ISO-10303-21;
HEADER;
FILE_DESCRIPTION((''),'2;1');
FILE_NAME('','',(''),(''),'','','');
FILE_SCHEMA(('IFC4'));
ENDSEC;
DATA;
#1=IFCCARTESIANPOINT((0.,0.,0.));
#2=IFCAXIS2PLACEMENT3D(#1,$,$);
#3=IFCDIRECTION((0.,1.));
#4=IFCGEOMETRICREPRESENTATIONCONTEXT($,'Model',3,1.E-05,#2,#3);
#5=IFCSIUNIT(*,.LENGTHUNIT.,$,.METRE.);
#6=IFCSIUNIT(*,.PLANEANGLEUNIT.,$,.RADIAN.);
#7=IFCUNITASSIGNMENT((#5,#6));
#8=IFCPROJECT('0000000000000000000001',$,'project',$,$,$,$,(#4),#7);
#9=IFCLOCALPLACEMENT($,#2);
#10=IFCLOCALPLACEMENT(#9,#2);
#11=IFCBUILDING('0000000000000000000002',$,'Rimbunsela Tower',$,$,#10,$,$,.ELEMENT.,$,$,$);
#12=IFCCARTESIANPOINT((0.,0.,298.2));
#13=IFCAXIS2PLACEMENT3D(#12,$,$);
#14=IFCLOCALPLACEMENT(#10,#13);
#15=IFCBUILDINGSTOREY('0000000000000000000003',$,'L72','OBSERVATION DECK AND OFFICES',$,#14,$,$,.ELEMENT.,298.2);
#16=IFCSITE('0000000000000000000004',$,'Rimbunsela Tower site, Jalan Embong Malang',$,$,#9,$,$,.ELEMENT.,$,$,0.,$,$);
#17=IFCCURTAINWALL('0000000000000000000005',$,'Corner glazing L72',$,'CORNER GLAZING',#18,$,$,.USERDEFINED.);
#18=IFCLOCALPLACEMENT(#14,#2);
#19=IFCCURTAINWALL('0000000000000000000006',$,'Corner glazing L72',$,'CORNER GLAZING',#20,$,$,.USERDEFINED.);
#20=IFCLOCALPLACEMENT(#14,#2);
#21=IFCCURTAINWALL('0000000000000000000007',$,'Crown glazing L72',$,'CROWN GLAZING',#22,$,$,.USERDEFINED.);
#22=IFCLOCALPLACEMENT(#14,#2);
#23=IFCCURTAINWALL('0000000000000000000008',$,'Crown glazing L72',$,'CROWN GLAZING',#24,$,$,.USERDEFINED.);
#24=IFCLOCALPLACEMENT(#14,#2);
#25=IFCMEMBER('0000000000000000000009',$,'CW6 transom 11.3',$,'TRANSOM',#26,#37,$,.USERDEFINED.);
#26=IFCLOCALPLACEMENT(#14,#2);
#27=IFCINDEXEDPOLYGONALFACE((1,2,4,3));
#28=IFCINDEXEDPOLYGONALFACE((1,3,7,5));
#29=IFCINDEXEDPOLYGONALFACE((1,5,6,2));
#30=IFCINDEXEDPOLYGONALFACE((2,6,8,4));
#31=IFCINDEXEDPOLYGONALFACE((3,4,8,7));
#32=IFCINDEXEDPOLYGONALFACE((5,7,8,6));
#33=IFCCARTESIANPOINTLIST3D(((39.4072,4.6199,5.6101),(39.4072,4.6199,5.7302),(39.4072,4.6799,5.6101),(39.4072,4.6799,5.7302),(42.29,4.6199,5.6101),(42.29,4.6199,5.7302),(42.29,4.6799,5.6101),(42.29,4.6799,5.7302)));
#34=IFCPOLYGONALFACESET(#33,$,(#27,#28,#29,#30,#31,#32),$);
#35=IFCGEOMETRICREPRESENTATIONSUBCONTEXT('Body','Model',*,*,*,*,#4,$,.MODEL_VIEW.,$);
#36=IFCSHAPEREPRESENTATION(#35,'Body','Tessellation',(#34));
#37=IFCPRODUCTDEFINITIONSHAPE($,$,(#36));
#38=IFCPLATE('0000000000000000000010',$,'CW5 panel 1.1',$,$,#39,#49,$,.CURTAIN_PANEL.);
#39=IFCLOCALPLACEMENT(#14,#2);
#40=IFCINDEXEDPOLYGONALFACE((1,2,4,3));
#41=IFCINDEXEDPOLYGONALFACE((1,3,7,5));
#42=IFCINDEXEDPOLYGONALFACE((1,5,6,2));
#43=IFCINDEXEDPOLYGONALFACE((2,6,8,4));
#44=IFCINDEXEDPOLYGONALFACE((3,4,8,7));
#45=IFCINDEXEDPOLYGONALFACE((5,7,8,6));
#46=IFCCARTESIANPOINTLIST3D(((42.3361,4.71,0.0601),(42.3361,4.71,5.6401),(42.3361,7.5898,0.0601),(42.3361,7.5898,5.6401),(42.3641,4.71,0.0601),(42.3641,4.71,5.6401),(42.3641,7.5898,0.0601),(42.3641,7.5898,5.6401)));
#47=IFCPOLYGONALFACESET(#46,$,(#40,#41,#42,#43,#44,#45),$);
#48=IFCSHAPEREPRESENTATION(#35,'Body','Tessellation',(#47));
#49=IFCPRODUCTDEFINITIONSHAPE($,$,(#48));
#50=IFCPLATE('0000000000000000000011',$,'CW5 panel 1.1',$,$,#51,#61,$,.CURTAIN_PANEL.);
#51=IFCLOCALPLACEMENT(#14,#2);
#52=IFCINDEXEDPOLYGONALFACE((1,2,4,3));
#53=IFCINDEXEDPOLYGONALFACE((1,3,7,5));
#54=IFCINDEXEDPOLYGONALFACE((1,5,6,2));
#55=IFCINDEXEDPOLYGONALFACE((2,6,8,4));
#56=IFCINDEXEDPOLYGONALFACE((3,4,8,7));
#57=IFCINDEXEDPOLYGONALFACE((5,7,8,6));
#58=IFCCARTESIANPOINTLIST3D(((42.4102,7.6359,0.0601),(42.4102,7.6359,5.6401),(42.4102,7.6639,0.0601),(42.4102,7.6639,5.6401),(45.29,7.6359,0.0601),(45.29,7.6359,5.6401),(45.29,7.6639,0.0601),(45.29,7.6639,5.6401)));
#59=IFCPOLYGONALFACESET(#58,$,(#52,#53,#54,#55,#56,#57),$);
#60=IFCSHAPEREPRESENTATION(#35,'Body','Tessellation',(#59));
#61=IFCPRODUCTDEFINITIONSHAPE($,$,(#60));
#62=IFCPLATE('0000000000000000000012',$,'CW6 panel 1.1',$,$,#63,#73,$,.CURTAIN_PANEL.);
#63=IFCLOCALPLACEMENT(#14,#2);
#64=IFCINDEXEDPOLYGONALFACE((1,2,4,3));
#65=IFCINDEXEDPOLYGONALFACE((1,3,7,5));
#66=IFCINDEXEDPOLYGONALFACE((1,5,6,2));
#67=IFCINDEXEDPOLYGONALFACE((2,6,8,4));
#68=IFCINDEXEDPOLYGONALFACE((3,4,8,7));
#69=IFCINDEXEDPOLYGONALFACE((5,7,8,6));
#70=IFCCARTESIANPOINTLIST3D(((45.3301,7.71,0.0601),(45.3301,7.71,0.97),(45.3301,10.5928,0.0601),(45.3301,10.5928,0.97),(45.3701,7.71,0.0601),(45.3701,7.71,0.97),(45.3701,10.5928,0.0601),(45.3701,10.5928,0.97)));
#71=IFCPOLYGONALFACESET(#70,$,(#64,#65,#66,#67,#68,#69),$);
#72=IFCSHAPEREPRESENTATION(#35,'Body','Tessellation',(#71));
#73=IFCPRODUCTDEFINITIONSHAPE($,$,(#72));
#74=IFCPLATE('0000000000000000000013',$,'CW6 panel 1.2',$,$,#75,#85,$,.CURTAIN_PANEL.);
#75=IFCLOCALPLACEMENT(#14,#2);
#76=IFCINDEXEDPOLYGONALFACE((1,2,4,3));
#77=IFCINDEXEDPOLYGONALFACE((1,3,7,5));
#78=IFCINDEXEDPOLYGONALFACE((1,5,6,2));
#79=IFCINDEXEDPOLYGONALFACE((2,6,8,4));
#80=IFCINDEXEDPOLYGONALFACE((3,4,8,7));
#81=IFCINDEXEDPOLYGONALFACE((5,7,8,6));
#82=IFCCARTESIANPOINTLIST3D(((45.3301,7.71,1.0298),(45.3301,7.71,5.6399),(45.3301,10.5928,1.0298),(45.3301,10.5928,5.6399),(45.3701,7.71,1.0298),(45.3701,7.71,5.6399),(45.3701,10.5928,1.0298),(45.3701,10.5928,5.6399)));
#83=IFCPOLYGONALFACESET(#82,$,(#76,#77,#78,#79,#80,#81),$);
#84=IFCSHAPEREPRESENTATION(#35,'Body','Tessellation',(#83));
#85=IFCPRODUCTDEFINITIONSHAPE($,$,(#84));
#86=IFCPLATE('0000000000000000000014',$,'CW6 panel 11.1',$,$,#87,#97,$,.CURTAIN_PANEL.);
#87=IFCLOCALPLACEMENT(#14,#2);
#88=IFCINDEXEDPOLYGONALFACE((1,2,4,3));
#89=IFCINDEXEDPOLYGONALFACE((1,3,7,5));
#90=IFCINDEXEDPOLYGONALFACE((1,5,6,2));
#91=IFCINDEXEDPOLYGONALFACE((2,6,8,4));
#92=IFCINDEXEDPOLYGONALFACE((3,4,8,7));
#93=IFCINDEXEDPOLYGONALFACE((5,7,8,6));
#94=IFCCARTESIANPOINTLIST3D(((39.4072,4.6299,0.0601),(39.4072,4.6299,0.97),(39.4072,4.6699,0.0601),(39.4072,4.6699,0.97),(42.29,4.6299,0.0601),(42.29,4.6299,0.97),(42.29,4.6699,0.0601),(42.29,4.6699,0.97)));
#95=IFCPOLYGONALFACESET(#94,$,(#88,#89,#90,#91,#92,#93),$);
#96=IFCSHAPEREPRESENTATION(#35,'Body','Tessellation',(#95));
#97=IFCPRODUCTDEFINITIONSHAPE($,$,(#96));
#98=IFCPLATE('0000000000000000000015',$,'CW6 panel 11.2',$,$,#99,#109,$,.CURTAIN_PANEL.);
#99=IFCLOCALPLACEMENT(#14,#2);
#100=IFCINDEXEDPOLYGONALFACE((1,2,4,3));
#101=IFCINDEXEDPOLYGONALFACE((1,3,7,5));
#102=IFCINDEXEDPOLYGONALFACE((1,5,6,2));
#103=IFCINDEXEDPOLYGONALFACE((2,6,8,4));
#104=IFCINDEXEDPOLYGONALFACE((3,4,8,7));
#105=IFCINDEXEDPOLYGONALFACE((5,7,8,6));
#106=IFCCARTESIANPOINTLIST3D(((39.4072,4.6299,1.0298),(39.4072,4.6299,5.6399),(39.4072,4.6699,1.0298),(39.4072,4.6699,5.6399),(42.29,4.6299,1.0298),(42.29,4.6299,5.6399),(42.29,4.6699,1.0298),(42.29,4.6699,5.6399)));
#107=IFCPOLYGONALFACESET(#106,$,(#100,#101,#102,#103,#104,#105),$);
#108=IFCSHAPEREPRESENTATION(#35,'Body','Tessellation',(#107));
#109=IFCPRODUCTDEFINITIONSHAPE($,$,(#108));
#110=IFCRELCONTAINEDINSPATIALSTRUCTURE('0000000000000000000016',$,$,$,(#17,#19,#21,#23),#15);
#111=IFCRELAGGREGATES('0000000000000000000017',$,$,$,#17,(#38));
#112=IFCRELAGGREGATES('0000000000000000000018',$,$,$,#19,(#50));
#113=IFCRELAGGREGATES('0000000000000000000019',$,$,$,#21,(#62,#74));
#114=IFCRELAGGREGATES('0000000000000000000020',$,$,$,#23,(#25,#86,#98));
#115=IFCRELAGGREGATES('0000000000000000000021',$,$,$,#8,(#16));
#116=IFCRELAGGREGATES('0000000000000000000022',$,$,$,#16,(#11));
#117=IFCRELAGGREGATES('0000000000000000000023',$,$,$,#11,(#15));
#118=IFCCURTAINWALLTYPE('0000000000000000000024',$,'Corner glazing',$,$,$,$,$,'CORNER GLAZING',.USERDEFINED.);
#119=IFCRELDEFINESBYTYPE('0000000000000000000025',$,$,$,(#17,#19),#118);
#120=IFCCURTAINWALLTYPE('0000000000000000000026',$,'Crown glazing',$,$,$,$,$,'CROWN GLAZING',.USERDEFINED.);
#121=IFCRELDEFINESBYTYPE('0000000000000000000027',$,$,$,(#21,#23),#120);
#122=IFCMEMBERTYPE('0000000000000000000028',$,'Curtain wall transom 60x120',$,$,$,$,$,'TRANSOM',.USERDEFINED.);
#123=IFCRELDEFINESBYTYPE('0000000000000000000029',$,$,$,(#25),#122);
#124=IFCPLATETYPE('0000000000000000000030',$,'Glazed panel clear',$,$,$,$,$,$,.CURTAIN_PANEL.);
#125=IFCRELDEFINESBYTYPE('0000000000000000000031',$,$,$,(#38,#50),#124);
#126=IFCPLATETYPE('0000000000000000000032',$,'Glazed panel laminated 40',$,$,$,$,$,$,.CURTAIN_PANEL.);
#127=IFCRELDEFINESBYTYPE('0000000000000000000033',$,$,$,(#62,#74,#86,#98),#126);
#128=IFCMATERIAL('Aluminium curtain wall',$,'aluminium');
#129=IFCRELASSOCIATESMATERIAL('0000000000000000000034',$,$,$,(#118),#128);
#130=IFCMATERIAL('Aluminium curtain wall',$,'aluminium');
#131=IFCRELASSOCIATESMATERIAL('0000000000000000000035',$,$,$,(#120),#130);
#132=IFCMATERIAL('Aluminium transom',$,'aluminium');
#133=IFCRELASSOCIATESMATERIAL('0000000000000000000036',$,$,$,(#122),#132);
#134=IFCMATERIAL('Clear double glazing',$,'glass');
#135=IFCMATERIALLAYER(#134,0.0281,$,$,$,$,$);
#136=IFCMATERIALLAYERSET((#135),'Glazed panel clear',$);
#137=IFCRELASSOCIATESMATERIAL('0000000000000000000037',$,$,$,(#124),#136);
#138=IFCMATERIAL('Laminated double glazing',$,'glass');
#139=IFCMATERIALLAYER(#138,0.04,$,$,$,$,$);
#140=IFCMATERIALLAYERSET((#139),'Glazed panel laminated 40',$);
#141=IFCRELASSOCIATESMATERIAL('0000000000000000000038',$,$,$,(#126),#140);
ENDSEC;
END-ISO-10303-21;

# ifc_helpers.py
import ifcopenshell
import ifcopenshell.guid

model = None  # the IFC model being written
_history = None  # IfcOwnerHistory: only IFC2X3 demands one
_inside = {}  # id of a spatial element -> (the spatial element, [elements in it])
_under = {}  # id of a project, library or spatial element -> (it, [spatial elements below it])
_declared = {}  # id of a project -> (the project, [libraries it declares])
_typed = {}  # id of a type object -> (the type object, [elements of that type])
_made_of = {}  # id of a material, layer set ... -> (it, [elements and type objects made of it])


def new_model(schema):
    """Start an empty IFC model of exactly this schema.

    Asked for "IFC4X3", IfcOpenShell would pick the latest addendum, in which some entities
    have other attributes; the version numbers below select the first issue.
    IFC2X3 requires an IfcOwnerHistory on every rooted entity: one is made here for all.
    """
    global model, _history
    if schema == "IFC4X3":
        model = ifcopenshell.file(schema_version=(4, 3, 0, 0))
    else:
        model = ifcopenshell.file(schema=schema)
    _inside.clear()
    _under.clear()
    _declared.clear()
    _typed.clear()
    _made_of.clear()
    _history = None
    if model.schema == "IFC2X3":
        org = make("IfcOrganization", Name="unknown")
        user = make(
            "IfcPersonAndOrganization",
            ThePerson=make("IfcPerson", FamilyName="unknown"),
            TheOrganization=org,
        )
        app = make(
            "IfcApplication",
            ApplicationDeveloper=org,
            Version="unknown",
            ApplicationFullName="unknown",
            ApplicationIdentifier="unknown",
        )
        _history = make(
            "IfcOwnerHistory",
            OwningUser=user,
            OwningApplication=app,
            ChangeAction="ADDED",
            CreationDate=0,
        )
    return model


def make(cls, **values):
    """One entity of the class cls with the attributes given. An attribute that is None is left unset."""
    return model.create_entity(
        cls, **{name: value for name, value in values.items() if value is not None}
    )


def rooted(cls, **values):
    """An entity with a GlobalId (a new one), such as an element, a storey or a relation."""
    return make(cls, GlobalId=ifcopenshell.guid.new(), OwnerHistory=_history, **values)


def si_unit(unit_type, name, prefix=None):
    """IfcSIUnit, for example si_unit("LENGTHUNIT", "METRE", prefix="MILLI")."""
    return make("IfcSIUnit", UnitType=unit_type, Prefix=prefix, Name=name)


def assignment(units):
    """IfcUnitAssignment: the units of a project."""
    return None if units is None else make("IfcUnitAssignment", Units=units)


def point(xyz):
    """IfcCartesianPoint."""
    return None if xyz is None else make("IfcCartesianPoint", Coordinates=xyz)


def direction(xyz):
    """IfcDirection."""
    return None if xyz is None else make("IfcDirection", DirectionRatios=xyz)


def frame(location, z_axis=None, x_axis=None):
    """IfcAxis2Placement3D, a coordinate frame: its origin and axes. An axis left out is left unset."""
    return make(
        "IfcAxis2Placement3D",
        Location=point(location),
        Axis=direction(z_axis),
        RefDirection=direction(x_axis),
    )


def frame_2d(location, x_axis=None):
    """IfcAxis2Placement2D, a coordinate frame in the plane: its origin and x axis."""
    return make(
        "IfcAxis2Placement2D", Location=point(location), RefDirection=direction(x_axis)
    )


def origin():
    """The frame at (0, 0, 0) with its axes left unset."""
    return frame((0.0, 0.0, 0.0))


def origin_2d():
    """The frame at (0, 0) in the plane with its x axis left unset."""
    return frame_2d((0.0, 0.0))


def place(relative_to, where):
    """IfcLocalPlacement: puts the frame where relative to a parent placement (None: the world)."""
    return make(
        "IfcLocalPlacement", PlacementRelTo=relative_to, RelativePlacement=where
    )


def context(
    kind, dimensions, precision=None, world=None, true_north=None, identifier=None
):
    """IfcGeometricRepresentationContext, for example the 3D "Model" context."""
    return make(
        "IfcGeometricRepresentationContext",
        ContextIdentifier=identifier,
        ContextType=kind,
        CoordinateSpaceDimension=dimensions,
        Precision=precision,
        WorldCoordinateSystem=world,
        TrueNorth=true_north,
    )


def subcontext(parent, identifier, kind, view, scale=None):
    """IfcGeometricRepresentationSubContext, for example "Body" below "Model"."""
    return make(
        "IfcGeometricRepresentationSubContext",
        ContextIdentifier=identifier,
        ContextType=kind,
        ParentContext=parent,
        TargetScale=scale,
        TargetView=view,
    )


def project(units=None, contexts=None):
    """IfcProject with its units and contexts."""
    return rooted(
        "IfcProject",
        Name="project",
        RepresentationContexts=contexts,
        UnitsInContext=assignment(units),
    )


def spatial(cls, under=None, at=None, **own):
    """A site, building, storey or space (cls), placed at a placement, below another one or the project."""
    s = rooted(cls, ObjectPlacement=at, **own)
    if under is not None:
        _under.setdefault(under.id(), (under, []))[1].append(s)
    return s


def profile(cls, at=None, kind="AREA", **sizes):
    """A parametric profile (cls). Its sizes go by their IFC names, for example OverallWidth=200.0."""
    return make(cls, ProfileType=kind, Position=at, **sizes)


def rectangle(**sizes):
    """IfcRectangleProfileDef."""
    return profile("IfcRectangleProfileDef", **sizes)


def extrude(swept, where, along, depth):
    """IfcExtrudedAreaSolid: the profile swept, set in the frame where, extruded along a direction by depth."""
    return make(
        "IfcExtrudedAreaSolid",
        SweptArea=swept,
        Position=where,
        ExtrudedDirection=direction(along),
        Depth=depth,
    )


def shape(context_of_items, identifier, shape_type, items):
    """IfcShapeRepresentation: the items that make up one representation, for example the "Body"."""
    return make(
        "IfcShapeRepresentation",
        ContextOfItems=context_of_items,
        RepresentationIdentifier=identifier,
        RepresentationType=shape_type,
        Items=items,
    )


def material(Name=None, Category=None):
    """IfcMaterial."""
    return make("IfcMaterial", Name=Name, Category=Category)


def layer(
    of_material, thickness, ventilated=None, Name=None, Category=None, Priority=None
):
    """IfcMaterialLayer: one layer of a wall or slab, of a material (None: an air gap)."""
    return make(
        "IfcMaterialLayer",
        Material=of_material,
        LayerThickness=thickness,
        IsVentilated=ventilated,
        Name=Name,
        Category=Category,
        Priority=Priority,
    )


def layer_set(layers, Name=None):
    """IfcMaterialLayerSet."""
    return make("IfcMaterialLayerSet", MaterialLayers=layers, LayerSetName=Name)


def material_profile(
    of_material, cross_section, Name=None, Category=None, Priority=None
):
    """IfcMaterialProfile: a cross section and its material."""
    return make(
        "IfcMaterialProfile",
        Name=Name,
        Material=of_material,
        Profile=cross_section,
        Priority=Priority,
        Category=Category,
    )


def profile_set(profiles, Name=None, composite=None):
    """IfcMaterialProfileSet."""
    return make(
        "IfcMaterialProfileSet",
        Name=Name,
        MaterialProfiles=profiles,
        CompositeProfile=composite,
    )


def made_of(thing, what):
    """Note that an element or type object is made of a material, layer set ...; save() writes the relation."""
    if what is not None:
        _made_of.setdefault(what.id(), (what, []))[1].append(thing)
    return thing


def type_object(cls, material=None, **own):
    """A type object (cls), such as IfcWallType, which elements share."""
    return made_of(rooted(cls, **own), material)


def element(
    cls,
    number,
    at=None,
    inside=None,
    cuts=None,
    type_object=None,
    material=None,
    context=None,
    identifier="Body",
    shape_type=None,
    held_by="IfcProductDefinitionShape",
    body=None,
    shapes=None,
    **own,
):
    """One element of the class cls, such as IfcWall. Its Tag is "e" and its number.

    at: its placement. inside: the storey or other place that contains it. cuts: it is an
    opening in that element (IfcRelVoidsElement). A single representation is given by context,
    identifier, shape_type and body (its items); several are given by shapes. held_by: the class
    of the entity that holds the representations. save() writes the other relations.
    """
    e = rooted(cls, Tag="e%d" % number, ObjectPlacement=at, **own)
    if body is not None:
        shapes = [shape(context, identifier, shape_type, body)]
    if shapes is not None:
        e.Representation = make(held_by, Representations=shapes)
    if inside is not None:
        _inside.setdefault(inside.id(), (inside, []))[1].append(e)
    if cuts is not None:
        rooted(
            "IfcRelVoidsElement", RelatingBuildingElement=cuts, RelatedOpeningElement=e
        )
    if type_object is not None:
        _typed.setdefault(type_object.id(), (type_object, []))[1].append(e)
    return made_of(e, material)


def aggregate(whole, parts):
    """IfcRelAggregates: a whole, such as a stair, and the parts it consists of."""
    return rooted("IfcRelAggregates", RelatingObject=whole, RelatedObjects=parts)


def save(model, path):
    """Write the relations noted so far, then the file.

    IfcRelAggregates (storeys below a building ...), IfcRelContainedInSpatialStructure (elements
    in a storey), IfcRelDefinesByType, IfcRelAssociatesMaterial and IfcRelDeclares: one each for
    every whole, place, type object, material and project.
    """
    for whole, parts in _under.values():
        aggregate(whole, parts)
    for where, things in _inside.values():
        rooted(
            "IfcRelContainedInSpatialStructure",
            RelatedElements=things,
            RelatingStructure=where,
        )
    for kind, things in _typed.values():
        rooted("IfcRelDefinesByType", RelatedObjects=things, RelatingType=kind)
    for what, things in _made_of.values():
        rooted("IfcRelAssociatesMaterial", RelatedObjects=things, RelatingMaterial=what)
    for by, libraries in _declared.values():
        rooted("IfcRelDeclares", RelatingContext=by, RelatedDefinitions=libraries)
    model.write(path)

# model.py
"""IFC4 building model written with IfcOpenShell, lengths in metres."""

from ifc_helpers import new_model, si_unit, direction, frame, origin, origin_2d, place, context, subcontext, project, spatial, rectangle, extrude, material, layer, layer_set, material_profile, profile_set, type_object, element, aggregate, save


model = new_model("IFC4")

# Units and contexts
model_context = context("Model", 3, precision=1e-05, world=origin(), true_north=direction((0.0, 1.0)))
body_context = subcontext(model_context, "Body", "Model", "MODEL_VIEW")
ifc_project = project(units=[si_unit("LENGTHUNIT", "METRE"), si_unit("PLANEANGLEUNIT", "RADIAN")], contexts=[model_context])

# Site, building, storey
site_placement = place(None, origin())
site = spatial("IfcSite", under=ifc_project, at=site_placement, Name="Rimbunsela Tower site, Jalan Embong Malang", CompositionType="ELEMENT", RefElevation=0.0)
building_placement = place(site_placement, origin())
building = spatial("IfcBuilding", under=site, at=building_placement, Name="Rimbunsela Tower", CompositionType="ELEMENT")
storey_placement = place(building_placement, frame((0.0, 0.0, 298.2)))
storey = spatial("IfcBuildingStorey", under=building, at=storey_placement, Name="L72", Description="OBSERVATION DECK AND OFFICES", CompositionType="ELEMENT", Elevation=298.2)

# Curtain walls
ifc_material_1 = material(Name="Aluminium curtain wall", Category="aluminium")
curtain_wall_type_1 = type_object("IfcCurtainWallType", Name="Corner glazing", ElementType="CORNER GLAZING", PredefinedType="USERDEFINED", material=ifc_material_1)
curtain_wall_1_placement = place(storey_placement, origin())
curtain_wall_1 = element("IfcCurtainWall", 1, at=curtain_wall_1_placement, inside=storey, type_object=curtain_wall_type_1, Name="Corner glazing L72", ObjectType="CORNER GLAZING", PredefinedType="USERDEFINED")
curtain_wall_2_placement = place(storey_placement, origin())
curtain_wall_2 = element("IfcCurtainWall", 2, at=curtain_wall_2_placement, inside=storey, type_object=curtain_wall_type_1, Name="Corner glazing L72", ObjectType="CORNER GLAZING", PredefinedType="USERDEFINED")
ifc_material_2 = material(Name="Aluminium curtain wall", Category="aluminium")
curtain_wall_type_2 = type_object("IfcCurtainWallType", Name="Crown glazing", ElementType="CROWN GLAZING", PredefinedType="USERDEFINED", material=ifc_material_2)
curtain_wall_3_placement = place(storey_placement, origin())
curtain_wall_3 = element("IfcCurtainWall", 3, at=curtain_wall_3_placement, inside=storey, type_object=curtain_wall_type_2, Name="Crown glazing L72", ObjectType="CROWN GLAZING", PredefinedType="USERDEFINED")

# Curtain wall
curtain_wall_4_placement = place(storey_placement, origin())
curtain_wall_4 = element("IfcCurtainWall", 4, at=curtain_wall_4_placement, inside=storey, type_object=curtain_wall_type_2, Name="Crown glazing L72", ObjectType="CROWN GLAZING", PredefinedType="USERDEFINED")

# Member
ifc_material_3 = material(Name="Aluminium transom", Category="aluminium")
ifc_material_profile_1 = material_profile(ifc_material_3, rectangle(XDim=0.0601, YDim=0.1201, at=origin_2d()), Name="Transom 60x120")
ifc_profile_set_1 = profile_set([ifc_material_profile_1], Name="Aluminium transom")
member_type_1 = type_object("IfcMemberType", Name="Curtain wall transom 60x120", ElementType="TRANSOM", PredefinedType="USERDEFINED", material=ifc_profile_set_1)
member_1_placement = place(storey_placement, frame((39.4072, 4.6499, 5.6702), z_axis=(1.0, 0.0, 0.0), x_axis=(0.0, 1.0, 0.0)))
member_1 = element("IfcMember", 5, at=member_1_placement, type_object=member_type_1, Name="CW6 transom 11.3", ObjectType="TRANSOM", PredefinedType="USERDEFINED", context=body_context, shape_type="SweptSolid", body=[
    extrude(rectangle(XDim=0.0601, YDim=0.1201, at=origin_2d()), origin(), (0.0, 0.0, 1.0), 2.8828),
])

# Plates
ifc_material_4 = material(Name="Clear double glazing", Category="glass")
ifc_layer_1 = layer(ifc_material_4, 0.0281)
ifc_layer_set_1 = layer_set([ifc_layer_1], Name="Glazed panel clear")
plate_type_1 = type_object("IfcPlateType", Name="Glazed panel clear", PredefinedType="CURTAIN_PANEL", material=ifc_layer_set_1)
plate_1_placement = place(storey_placement, frame((42.3501, 6.1499, 0.0601), z_axis=(0.0, 0.0, 1.0), x_axis=(0.0, 1.0, 0.0)))
plate_1 = element("IfcPlate", 6, at=plate_1_placement, type_object=plate_type_1, Name="CW5 panel 1.1", PredefinedType="CURTAIN_PANEL", context=body_context, shape_type="SweptSolid", body=[
    extrude(rectangle(XDim=2.8799, YDim=0.0281, at=origin_2d()), origin(), (0.0, 0.0, 1.0), 5.5801),
])
aggregate(curtain_wall_1, [plate_1])
plate_2_placement = place(storey_placement, frame((43.8501, 7.6499, 0.0601), z_axis=(0.0, 0.0, 1.0), x_axis=(1.0, 0.0, 0.0)))
plate_2 = element("IfcPlate", 7, at=plate_2_placement, type_object=plate_type_1, Name="CW5 panel 1.1", PredefinedType="CURTAIN_PANEL", context=body_context, shape_type="SweptSolid", body=[
    extrude(rectangle(XDim=2.8799, YDim=0.0281, at=origin_2d()), origin(), (0.0, 0.0, 1.0), 5.5801),
])
aggregate(curtain_wall_2, [plate_2])
ifc_material_5 = material(Name="Laminated double glazing", Category="glass")
ifc_layer_2 = layer(ifc_material_5, 0.04)
ifc_layer_set_2 = layer_set([ifc_layer_2], Name="Glazed panel laminated 40")
plate_type_2 = type_object("IfcPlateType", Name="Glazed panel laminated 40", PredefinedType="CURTAIN_PANEL", material=ifc_layer_set_2)
plate_3_placement = place(storey_placement, frame((45.3501, 9.1514, 0.0601), z_axis=(0.0, 0.0, 1.0), x_axis=(0.0, 1.0, 0.0)))
plate_3 = element("IfcPlate", 8, at=plate_3_placement, type_object=plate_type_2, Name="CW6 panel 1.1", PredefinedType="CURTAIN_PANEL", context=body_context, shape_type="SweptSolid", body=[
    extrude(rectangle(XDim=2.8828, YDim=0.04, at=origin_2d()), origin(), (0.0, 0.0, 1.0), 0.9099),
])
plate_4_placement = place(storey_placement, frame((45.3501, 9.1514, 1.0298), z_axis=(0.0, 0.0, 1.0), x_axis=(0.0, 1.0, 0.0)))
plate_4 = element("IfcPlate", 9, at=plate_4_placement, type_object=plate_type_2, Name="CW6 panel 1.2", PredefinedType="CURTAIN_PANEL", context=body_context, shape_type="SweptSolid", body=[
    extrude(rectangle(XDim=2.8828, YDim=0.04, at=origin_2d()), origin(), (0.0, 0.0, 1.0), 4.6101),
])
aggregate(curtain_wall_3, [plate_3, plate_4])
plate_5_placement = place(storey_placement, frame((40.8486, 4.6499, 0.0601), z_axis=(0.0, 0.0, 1.0), x_axis=(1.0, 0.0, 0.0)))
plate_5 = element("IfcPlate", 10, at=plate_5_placement, type_object=plate_type_2, Name="CW6 panel 11.1", PredefinedType="CURTAIN_PANEL", context=body_context, shape_type="SweptSolid", body=[
    extrude(rectangle(XDim=2.8828, YDim=0.04, at=origin_2d()), origin(), (0.0, 0.0, 1.0), 0.9099),
])
plate_6_placement = place(storey_placement, frame((40.8486, 4.6499, 1.0298), z_axis=(0.0, 0.0, 1.0), x_axis=(1.0, 0.0, 0.0)))
plate_6 = element("IfcPlate", 11, at=plate_6_placement, type_object=plate_type_2, Name="CW6 panel 11.2", PredefinedType="CURTAIN_PANEL", context=body_context, shape_type="SweptSolid", body=[
    extrude(rectangle(XDim=2.8828, YDim=0.04, at=origin_2d()), origin(), (0.0, 0.0, 1.0), 4.6101),
])
aggregate(curtain_wall_4, [member_1, plate_5, plate_6])

save(model, "model.ifc")
